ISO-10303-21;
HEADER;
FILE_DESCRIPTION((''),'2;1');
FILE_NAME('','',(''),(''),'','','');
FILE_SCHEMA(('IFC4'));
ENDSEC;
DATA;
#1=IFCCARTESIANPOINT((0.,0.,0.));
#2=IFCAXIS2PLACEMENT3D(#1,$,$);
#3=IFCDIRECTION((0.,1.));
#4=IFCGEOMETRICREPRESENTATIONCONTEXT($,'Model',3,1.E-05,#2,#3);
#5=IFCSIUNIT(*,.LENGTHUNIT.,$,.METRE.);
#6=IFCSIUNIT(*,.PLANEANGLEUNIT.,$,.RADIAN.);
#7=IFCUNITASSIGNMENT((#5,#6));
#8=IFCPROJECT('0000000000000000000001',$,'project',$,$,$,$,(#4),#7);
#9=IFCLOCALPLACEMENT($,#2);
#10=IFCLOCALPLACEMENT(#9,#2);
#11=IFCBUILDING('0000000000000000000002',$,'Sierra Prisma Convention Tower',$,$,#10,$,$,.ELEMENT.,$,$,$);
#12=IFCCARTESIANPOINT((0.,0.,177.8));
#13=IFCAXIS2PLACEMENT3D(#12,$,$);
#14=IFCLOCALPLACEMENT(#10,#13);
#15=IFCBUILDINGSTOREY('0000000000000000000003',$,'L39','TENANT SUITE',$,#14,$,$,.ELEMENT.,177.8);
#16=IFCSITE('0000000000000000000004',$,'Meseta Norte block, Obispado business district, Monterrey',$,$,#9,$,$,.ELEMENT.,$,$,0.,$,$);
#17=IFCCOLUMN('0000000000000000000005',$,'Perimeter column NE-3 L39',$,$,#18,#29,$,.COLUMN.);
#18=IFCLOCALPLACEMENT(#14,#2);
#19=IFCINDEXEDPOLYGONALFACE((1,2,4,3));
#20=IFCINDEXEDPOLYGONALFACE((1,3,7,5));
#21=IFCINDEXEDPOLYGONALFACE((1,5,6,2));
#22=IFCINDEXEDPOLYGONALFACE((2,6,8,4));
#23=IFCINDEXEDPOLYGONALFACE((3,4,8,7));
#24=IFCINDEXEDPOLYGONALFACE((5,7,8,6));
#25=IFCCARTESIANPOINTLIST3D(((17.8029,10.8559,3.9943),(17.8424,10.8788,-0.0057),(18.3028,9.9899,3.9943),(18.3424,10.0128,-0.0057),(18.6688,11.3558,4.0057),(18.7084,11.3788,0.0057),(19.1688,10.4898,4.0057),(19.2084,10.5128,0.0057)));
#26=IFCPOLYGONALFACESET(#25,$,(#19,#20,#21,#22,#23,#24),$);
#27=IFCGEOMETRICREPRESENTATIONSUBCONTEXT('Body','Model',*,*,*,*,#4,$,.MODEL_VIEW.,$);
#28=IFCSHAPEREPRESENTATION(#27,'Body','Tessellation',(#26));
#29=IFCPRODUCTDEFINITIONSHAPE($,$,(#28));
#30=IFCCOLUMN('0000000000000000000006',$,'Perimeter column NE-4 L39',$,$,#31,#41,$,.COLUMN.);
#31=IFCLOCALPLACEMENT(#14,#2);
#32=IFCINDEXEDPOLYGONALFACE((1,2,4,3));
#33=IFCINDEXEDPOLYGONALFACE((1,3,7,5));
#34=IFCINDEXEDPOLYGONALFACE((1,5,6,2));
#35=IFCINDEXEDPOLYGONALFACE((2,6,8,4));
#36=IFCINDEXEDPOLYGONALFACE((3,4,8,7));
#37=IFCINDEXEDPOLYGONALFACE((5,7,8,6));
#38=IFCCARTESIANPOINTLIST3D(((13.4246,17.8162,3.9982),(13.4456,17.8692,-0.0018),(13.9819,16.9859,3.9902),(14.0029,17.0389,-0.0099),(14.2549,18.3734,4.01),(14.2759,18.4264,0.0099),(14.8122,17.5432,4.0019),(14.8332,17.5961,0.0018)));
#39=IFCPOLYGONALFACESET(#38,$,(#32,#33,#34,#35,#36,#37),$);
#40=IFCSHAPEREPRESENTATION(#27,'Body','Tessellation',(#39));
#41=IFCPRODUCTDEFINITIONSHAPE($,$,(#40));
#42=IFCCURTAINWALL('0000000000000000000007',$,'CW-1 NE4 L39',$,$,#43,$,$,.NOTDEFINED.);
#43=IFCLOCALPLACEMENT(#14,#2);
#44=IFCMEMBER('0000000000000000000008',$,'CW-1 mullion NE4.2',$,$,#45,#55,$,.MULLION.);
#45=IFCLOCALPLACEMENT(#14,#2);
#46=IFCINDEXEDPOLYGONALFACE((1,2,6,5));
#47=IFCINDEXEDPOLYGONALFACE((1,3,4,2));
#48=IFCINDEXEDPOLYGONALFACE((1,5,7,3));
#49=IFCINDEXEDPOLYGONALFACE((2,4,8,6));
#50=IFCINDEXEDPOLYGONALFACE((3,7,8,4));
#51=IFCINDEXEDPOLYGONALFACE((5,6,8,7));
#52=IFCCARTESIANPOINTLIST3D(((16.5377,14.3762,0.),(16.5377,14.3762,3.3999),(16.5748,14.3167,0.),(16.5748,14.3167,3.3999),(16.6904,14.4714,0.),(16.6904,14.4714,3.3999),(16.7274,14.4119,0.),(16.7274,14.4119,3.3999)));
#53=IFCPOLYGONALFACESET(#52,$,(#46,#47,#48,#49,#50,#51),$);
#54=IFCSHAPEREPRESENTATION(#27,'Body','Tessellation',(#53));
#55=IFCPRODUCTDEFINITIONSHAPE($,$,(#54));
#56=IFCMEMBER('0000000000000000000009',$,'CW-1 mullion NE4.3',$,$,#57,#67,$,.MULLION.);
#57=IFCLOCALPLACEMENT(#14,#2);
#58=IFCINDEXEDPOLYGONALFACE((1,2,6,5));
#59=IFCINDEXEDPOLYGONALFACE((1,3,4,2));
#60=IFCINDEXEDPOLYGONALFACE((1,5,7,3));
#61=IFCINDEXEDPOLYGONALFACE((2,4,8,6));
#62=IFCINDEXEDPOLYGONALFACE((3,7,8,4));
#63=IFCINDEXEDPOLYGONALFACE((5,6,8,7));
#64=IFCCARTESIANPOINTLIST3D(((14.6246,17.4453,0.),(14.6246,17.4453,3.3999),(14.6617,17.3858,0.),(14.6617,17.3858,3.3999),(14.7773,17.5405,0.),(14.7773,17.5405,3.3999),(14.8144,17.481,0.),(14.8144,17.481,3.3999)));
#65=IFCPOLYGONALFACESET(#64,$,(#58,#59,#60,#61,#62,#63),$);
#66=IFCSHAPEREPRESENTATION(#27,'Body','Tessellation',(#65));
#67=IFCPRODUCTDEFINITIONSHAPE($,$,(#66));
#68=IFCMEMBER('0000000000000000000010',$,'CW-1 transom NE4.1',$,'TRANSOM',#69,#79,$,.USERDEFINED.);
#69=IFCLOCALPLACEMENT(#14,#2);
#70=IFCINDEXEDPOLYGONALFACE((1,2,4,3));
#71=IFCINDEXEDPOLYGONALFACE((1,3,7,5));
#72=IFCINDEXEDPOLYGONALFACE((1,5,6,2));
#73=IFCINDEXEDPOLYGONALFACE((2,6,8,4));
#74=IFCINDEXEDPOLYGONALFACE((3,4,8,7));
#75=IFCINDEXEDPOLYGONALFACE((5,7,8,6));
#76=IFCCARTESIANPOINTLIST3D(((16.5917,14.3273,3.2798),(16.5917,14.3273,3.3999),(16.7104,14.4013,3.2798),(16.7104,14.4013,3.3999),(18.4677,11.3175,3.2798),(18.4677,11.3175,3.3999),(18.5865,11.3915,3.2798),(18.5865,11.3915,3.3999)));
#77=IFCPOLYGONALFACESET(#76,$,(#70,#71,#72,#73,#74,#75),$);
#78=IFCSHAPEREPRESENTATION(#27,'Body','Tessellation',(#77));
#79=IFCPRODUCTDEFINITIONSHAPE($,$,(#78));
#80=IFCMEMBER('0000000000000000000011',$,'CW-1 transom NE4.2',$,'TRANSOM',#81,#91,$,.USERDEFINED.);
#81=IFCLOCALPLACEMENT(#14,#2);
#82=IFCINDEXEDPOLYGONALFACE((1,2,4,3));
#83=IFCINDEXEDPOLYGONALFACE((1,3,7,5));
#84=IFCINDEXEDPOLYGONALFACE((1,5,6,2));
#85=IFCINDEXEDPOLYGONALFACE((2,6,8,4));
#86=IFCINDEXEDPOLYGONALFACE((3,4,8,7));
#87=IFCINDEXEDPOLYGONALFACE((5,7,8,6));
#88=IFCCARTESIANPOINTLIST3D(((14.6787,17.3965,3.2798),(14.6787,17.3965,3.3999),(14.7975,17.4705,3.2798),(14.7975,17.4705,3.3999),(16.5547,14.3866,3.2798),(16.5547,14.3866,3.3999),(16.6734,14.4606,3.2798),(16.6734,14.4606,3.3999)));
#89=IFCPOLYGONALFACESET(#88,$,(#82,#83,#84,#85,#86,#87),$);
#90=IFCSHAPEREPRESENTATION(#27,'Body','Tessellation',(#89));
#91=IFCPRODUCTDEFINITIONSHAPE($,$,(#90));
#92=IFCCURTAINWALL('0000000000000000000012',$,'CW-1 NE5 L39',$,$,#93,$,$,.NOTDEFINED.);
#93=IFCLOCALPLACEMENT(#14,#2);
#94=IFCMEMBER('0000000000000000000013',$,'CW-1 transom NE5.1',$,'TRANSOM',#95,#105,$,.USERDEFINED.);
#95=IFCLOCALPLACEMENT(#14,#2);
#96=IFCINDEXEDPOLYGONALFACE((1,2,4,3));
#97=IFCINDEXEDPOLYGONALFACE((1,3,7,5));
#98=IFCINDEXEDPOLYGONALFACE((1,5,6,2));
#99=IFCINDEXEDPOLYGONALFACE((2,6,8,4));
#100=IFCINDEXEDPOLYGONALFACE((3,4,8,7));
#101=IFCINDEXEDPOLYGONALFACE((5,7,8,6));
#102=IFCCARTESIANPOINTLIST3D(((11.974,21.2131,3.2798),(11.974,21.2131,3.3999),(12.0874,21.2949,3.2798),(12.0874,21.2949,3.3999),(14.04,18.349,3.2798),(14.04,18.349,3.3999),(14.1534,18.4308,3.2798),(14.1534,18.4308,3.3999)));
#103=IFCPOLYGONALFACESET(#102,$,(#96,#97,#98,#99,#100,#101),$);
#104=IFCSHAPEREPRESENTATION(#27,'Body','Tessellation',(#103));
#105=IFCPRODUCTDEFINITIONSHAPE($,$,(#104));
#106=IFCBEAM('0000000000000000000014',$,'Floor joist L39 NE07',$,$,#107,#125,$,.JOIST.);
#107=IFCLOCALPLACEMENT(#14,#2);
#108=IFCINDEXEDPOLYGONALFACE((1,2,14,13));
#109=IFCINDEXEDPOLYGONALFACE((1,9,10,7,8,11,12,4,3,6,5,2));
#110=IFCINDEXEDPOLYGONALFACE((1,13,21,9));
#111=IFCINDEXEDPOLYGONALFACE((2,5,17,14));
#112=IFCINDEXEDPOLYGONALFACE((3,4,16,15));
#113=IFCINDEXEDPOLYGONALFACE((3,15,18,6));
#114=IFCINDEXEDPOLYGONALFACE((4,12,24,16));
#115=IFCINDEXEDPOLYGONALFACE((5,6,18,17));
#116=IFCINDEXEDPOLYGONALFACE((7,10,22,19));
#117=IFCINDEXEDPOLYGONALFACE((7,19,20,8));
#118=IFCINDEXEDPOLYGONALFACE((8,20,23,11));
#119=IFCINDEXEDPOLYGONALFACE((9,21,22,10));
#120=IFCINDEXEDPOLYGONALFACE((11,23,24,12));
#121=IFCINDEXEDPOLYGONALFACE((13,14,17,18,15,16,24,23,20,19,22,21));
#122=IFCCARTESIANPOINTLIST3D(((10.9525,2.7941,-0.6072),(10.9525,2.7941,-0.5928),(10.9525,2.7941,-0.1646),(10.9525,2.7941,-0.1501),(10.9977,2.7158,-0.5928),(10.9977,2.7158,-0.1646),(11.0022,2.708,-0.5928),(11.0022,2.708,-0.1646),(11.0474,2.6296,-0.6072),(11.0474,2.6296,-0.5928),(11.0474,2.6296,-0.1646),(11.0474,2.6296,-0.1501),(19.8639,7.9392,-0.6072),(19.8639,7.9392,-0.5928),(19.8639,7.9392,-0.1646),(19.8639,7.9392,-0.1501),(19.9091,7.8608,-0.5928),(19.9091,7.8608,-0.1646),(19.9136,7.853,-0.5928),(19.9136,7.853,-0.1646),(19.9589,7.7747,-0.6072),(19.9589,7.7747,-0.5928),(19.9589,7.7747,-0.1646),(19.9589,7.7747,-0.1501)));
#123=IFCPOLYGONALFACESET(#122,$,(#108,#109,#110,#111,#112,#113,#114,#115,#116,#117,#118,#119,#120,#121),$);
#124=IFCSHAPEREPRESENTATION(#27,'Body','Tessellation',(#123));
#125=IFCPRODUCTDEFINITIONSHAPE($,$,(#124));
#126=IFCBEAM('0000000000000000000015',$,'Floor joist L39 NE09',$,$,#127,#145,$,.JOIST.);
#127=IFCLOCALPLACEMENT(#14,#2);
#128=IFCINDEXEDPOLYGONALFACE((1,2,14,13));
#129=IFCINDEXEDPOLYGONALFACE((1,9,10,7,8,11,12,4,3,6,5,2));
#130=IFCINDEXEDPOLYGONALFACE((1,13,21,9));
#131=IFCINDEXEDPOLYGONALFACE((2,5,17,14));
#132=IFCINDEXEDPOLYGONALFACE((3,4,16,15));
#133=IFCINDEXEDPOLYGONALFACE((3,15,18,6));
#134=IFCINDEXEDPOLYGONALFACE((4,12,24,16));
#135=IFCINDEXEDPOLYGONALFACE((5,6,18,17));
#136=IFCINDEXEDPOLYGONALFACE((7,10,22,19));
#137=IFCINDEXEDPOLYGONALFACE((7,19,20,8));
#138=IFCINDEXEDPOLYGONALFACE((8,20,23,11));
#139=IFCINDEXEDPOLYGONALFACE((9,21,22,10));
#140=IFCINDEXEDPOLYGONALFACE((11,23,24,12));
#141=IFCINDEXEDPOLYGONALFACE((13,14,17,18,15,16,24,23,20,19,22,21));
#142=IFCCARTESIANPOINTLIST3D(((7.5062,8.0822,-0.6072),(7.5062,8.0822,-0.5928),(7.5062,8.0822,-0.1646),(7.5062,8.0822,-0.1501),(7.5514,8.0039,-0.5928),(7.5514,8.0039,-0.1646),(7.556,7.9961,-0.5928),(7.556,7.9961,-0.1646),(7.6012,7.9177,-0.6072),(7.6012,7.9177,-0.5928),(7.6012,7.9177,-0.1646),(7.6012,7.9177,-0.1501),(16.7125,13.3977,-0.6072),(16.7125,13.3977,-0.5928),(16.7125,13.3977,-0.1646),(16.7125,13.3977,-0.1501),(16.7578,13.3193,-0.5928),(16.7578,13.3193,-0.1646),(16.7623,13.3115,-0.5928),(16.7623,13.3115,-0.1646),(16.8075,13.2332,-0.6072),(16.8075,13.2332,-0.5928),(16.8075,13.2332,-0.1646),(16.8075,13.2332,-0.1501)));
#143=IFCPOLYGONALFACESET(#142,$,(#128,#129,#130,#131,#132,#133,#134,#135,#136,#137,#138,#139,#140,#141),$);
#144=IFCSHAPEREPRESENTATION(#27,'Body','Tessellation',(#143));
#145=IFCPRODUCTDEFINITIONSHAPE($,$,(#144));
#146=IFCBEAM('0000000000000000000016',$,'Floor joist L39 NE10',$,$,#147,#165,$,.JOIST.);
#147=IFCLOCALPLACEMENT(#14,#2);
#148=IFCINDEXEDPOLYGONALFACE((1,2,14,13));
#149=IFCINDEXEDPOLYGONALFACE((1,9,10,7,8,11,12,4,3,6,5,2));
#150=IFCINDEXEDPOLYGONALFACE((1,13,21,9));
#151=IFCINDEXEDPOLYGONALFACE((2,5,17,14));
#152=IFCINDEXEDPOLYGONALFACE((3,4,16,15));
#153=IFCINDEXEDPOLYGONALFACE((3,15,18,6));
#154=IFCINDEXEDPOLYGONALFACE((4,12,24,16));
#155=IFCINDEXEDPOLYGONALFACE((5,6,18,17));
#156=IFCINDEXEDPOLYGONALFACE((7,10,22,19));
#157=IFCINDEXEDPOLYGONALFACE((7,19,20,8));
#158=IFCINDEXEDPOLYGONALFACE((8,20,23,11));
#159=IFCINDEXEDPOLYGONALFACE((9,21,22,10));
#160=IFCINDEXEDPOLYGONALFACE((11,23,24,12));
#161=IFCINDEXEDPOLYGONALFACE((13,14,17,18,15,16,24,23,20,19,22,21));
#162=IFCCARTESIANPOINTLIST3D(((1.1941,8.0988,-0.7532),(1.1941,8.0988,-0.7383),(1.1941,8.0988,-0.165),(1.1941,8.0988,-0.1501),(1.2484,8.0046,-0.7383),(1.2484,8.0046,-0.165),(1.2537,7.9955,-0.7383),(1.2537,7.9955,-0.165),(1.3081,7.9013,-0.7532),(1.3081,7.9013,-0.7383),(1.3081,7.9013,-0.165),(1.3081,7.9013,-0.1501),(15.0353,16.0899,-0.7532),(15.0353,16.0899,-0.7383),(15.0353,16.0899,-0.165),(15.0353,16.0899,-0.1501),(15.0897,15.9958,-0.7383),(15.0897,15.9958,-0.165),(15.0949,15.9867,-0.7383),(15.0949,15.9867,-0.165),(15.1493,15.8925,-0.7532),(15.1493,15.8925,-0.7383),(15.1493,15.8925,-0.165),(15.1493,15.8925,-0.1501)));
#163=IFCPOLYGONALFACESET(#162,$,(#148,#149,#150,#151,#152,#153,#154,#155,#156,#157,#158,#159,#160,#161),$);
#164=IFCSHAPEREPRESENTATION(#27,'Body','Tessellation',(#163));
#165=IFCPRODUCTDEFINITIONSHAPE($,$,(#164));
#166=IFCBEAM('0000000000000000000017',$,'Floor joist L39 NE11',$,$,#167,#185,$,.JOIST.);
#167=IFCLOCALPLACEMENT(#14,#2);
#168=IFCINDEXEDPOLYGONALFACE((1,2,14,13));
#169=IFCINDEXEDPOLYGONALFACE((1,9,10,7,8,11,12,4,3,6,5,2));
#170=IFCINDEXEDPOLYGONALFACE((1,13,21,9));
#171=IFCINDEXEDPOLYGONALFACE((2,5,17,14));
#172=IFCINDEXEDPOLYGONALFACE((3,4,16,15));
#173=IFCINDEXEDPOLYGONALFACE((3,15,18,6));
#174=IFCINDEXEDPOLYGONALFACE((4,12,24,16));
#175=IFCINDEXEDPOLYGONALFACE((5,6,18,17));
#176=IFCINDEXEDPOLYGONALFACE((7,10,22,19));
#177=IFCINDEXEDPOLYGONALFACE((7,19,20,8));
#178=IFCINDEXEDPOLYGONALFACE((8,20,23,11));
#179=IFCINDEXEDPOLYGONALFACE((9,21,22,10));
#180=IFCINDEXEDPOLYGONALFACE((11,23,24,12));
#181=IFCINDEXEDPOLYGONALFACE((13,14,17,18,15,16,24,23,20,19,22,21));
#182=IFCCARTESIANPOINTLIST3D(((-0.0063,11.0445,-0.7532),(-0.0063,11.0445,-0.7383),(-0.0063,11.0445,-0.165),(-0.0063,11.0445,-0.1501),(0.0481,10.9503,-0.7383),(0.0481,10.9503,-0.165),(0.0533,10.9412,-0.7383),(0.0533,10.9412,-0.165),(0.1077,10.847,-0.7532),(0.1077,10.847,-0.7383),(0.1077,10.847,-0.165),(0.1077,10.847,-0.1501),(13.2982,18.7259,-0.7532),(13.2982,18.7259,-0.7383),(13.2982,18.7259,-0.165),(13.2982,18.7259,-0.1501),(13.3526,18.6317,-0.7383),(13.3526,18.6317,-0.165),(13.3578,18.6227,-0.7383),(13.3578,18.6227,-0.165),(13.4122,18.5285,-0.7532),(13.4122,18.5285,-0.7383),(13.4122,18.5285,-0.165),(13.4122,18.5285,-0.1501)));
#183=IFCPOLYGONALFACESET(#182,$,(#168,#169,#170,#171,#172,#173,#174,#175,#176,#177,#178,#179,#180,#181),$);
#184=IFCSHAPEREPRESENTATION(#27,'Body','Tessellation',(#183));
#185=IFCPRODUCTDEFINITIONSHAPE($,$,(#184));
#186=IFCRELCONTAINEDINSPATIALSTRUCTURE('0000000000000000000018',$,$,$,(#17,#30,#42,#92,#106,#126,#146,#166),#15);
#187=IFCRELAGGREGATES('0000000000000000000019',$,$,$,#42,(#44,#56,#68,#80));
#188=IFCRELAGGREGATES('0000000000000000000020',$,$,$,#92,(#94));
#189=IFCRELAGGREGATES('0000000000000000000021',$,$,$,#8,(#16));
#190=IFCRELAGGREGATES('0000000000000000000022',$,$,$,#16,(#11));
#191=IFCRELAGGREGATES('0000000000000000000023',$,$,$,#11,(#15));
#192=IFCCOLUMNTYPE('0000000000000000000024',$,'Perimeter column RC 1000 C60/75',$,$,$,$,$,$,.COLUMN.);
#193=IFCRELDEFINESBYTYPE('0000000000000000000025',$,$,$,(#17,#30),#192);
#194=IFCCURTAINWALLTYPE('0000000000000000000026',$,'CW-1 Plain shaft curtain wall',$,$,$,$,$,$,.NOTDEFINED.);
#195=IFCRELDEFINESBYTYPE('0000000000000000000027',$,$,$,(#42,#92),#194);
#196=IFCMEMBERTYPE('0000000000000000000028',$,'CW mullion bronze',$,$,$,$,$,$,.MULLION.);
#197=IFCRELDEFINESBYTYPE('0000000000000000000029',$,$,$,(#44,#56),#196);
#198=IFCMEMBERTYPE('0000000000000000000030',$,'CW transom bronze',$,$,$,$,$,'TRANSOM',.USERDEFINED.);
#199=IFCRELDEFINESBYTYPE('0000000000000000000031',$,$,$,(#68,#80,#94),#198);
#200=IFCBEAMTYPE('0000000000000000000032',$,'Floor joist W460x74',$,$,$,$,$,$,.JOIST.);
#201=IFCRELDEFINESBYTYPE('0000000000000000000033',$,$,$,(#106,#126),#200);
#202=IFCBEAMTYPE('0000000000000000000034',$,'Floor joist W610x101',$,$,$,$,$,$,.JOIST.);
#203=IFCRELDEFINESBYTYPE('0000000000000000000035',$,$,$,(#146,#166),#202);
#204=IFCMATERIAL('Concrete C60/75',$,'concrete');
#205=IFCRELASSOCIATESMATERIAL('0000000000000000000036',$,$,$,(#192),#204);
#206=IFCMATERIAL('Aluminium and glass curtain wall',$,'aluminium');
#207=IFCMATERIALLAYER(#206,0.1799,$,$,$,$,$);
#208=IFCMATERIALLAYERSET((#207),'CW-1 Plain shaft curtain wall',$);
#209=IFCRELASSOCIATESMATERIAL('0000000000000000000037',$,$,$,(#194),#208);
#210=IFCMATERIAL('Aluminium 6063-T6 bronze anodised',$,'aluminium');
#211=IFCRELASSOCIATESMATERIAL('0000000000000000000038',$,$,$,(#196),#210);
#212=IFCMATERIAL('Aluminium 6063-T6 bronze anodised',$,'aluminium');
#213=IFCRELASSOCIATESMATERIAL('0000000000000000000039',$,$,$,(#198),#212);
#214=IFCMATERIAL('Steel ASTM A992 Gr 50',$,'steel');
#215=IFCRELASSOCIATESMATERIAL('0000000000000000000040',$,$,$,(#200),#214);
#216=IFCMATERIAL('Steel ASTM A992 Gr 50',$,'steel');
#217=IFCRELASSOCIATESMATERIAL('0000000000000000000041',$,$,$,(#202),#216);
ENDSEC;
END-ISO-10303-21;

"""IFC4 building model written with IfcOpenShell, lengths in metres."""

from ifc_helpers import new_model, si_unit, direction, frame, origin, origin_2d, place, context, subcontext, project, spatial, rectangle, i_section, extrude, material, layer, layer_set, material_profile, profile_set, type_object, element, aggregate, save


model = new_model("IFC4")

# Units and contexts
model_context = context("Model", 3, precision=1e-05, world=origin(), true_north=direction((0.0, 1.0)))
body_context = subcontext(model_context, "Body", "Model", "MODEL_VIEW")
ifc_project = project(units=[si_unit("LENGTHUNIT", "METRE"), si_unit("PLANEANGLEUNIT", "RADIAN")], contexts=[model_context])

# Site, building, storey
site_placement = place(None, origin())
site = spatial("IfcSite", under=ifc_project, at=site_placement, Name="Meseta Norte block, Obispado business district, Monterrey", CompositionType="ELEMENT", RefElevation=0.0)
building_placement = place(site_placement, origin())
building = spatial("IfcBuilding", under=site, at=building_placement, Name="Sierra Prisma Convention Tower", CompositionType="ELEMENT")
storey_placement = place(building_placement, frame((0.0, 0.0, 177.8)))
storey = spatial("IfcBuildingStorey", under=building, at=storey_placement, Name="L39", Description="TENANT SUITE", CompositionType="ELEMENT", Elevation=177.8)

# Columns
ifc_material_1 = material(Name="Concrete C60/75", Category="concrete")
ifc_material_profile_1 = material_profile(ifc_material_1, rectangle(XDim=1.0, YDim=1.0, at=origin_2d()), Name="Perimeter column RC 1000 C60/75")
ifc_profile_set_1 = profile_set([ifc_material_profile_1], Name="Concrete C60/75")
column_type = type_object("IfcColumnType", Name="Perimeter column RC 1000 C60/75", PredefinedType="COLUMN", material=ifc_profile_set_1)
column_1_placement = place(storey_placement, frame((18.5254, 10.6958, 0.0), z_axis=(-0.009887, -0.005737, 0.999935), x_axis=(-0.499976, 0.86604, 0.000025)))
element("IfcColumn", 1, at=column_1_placement, inside=storey, type_object=column_type, Name="Perimeter column NE-3 L39", PredefinedType="COLUMN", context=body_context, shape_type="SweptSolid", body=[
    extrude(rectangle(XDim=1.0, YDim=1.0, at=origin_2d()), origin(), (0.0, 0.0, 1.0), 4.0002),
])
column_2_placement = place(storey_placement, frame((14.1394, 17.7327, 0.0), z_axis=(-0.005248, -0.013243, 0.999899), x_axis=(-0.557303, 0.83027, 0.008071)))
element("IfcColumn", 2, at=column_2_placement, inside=storey, type_object=column_type, Name="Perimeter column NE-4 L39", PredefinedType="COLUMN", context=body_context, shape_type="SweptSolid", body=[
    extrude(rectangle(XDim=1.0, YDim=1.0, at=origin_2d()), origin(), (0.0, 0.0, 1.0), 4.0005),
])

# Curtain wall, members
ifc_material_2 = material(Name="Aluminium and glass curtain wall", Category="aluminium")
ifc_layer_1 = layer(ifc_material_2, 0.1799)
ifc_layer_set_1 = layer_set([ifc_layer_1], Name="CW-1 Plain shaft curtain wall")
curtain_wall_type = type_object("IfcCurtainWallType", Name="CW-1 Plain shaft curtain wall", PredefinedType="NOTDEFINED", material=ifc_layer_set_1)
curtain_wall_1_placement = place(storey_placement, origin())
curtain_wall_1 = element("IfcCurtainWall", 3, at=curtain_wall_1_placement, inside=storey, type_object=curtain_wall_type, Name="CW-1 NE4 L39", PredefinedType="NOTDEFINED")
ifc_material_3 = material(Name="Aluminium 6063-T6 bronze anodised", Category="aluminium")
ifc_material_profile_2 = material_profile(ifc_material_3, rectangle(XDim=0.1799, YDim=0.0701, at=origin_2d()), Name="ALU MULLION 70x180")
ifc_profile_set_2 = profile_set([ifc_material_profile_2], Name="Aluminium 6063-T6 bronze anodised")
member_type_1 = type_object("IfcMemberType", Name="CW mullion bronze", PredefinedType="MULLION", material=ifc_profile_set_2)
member_1_placement = place(storey_placement, frame((16.6326, 14.394, 0.0), z_axis=(0.0, 0.0, 1.0), x_axis=(-0.848649, -0.528957, 0.0)))
member_1 = element("IfcMember", 4, at=member_1_placement, type_object=member_type_1, Name="CW-1 mullion NE4.2", PredefinedType="MULLION", context=body_context, shape_type="SweptSolid", body=[
    extrude(rectangle(XDim=0.1799, YDim=0.0701, at=origin_2d()), origin(), (0.0, 0.0, 1.0), 3.3999),
])
member_2_placement = place(storey_placement, frame((14.7195, 17.4631, 0.0), z_axis=(0.0, 0.0, 1.0), x_axis=(-0.848649, -0.528957, 0.0)))
member_2 = element("IfcMember", 5, at=member_2_placement, type_object=member_type_1, Name="CW-1 mullion NE4.3", PredefinedType="MULLION", context=body_context, shape_type="SweptSolid", body=[
    extrude(rectangle(XDim=0.1799, YDim=0.0701, at=origin_2d()), origin(), (0.0, 0.0, 1.0), 3.3999),
])
ifc_material_4 = material(Name="Aluminium 6063-T6 bronze anodised", Category="aluminium")
ifc_material_profile_3 = material_profile(ifc_material_4, rectangle(XDim=0.1399, YDim=0.1201, at=origin_2d()), Name="ALU TRANSOM 120x140")
ifc_profile_set_3 = profile_set([ifc_material_profile_3], Name="Aluminium 6063-T6 bronze anodised")
member_type_2 = type_object("IfcMemberType", Name="CW transom bronze", ElementType="TRANSOM", PredefinedType="USERDEFINED", material=ifc_profile_set_3)
member_3_placement = place(storey_placement, frame((18.5271, 11.3545, 3.3398), z_axis=(-0.528959, 0.848647, 0.0), x_axis=(-0.848647, -0.528959, 0.0)))
member_3 = element("IfcMember", 6, at=member_3_placement, type_object=member_type_2, Name="CW-1 transom NE4.1", ObjectType="TRANSOM", PredefinedType="USERDEFINED", context=body_context, shape_type="SweptSolid", body=[
    extrude(rectangle(XDim=0.1399, YDim=0.1201, at=origin_2d()), origin(), (0.0, 0.0, 1.0), 3.5466),
])
member_4_placement = place(storey_placement, frame((16.614, 14.4236, 3.3398), z_axis=(-0.528928, 0.848667, 0.0), x_axis=(-0.848667, -0.528928, 0.0)))
member_4 = element("IfcMember", 7, at=member_4_placement, type_object=member_type_2, Name="CW-1 transom NE4.2", ObjectType="TRANSOM", PredefinedType="USERDEFINED", context=body_context, shape_type="SweptSolid", body=[
    extrude(rectangle(XDim=0.1399, YDim=0.1201, at=origin_2d()), origin(), (0.0, 0.0, 1.0), 3.5466),
])

# Curtain wall, member
curtain_wall_2_placement = place(storey_placement, origin())
curtain_wall_2 = element("IfcCurtainWall", 8, at=curtain_wall_2_placement, inside=storey, type_object=curtain_wall_type, Name="CW-1 NE5 L39", PredefinedType="NOTDEFINED")
member_5_placement = place(storey_placement, frame((14.0967, 18.3899, 3.3398), z_axis=(-0.585018, 0.81102, 0.0), x_axis=(-0.81102, -0.585018, 0.0)))
member_5 = element("IfcMember", 9, at=member_5_placement, type_object=member_type_2, Name="CW-1 transom NE5.1", ObjectType="TRANSOM", PredefinedType="USERDEFINED", context=body_context, shape_type="SweptSolid", body=[
    extrude(rectangle(XDim=0.1399, YDim=0.1201, at=origin_2d()), origin(), (0.0, 0.0, 1.0), 3.5315),
])

# Beams
ifc_material_5 = material(Name="Steel ASTM A992 Gr 50", Category="steel")
ifc_material_profile_4 = material_profile(ifc_material_5, i_section(OverallWidth=0.1899, OverallDepth=0.457, WebThickness=0.009, FlangeThickness=0.0144, at=origin_2d()), Name="W460x74")
ifc_profile_set_4 = profile_set([ifc_material_profile_4], Name="Steel ASTM A992 Gr 50")
beam_type_1 = type_object("IfcBeamType", Name="Floor joist W460x74", PredefinedType="JOIST", material=ifc_profile_set_4)
beam_1_placement = place(storey_placement, frame((19.9114, 7.8569, -0.3787), z_axis=(-0.866024, -0.500002, 0.0), x_axis=(0.500002, -0.866024, 0.0)))
element("IfcBeam", 10, at=beam_1_placement, inside=storey, type_object=beam_type_1, Name="Floor joist L39 NE07", PredefinedType="JOIST", context=body_context, shape_type="SweptSolid", body=[
    extrude(i_section(OverallWidth=0.1899, OverallDepth=0.457, WebThickness=0.009, FlangeThickness=0.0144, at=origin_2d()), origin(), (0.0, 0.0, 1.0), 10.29),
])
beam_2_placement = place(storey_placement, frame((16.76, 13.3154, -0.3787), z_axis=(-0.866018, -0.500012, 0.0), x_axis=(0.500012, -0.866018, 0.0)))
element("IfcBeam", 11, at=beam_2_placement, inside=storey, type_object=beam_type_1, Name="Floor joist L39 NE09", PredefinedType="JOIST", context=body_context, shape_type="SweptSolid", body=[
    extrude(i_section(OverallWidth=0.1899, OverallDepth=0.457, WebThickness=0.009, FlangeThickness=0.0144, at=origin_2d()), origin(), (0.0, 0.0, 1.0), 10.6306),
])
ifc_material_6 = material(Name="Steel ASTM A992 Gr 50", Category="steel")
ifc_material_profile_5 = material_profile(ifc_material_6, i_section(OverallWidth=0.228, OverallDepth=0.603, WebThickness=0.0105, FlangeThickness=0.0149, at=origin_2d()), Name="W610x101")
ifc_profile_set_5 = profile_set([ifc_material_profile_5], Name="Steel ASTM A992 Gr 50")
beam_type_2 = type_object("IfcBeamType", Name="Floor joist W610x101", PredefinedType="JOIST", material=ifc_profile_set_5)
beam_3_placement = place(storey_placement, frame((15.0923, 15.9912, -0.4517), z_axis=(-0.866027, -0.499997, 0.0), x_axis=(0.499997, -0.866027, 0.0)))
element("IfcBeam", 12, at=beam_3_placement, inside=storey, type_object=beam_type_2, Name="Floor joist L39 NE10", PredefinedType="JOIST", context=body_context, shape_type="SweptSolid", body=[
    extrude(i_section(OverallWidth=0.228, OverallDepth=0.603, WebThickness=0.0105, FlangeThickness=0.0149, at=origin_2d()), origin(), (0.0, 0.0, 1.0), 15.9824),
])
beam_4_placement = place(storey_placement, frame((13.3552, 18.6272, -0.4517), z_axis=(-0.866023, -0.500004, 0.0), x_axis=(0.500004, -0.866023, 0.0)))
element("IfcBeam", 13, at=beam_4_placement, inside=storey, type_object=beam_type_2, Name="Floor joist L39 NE11", PredefinedType="JOIST", context=body_context, shape_type="SweptSolid", body=[
    extrude(i_section(OverallWidth=0.228, OverallDepth=0.603, WebThickness=0.0105, FlangeThickness=0.0149, at=origin_2d()), origin(), (0.0, 0.0, 1.0), 15.3628),
])

aggregate(curtain_wall_1, [member_1, member_2, member_3, member_4])
aggregate(curtain_wall_2, [member_5])

save(model, "model.ifc")
